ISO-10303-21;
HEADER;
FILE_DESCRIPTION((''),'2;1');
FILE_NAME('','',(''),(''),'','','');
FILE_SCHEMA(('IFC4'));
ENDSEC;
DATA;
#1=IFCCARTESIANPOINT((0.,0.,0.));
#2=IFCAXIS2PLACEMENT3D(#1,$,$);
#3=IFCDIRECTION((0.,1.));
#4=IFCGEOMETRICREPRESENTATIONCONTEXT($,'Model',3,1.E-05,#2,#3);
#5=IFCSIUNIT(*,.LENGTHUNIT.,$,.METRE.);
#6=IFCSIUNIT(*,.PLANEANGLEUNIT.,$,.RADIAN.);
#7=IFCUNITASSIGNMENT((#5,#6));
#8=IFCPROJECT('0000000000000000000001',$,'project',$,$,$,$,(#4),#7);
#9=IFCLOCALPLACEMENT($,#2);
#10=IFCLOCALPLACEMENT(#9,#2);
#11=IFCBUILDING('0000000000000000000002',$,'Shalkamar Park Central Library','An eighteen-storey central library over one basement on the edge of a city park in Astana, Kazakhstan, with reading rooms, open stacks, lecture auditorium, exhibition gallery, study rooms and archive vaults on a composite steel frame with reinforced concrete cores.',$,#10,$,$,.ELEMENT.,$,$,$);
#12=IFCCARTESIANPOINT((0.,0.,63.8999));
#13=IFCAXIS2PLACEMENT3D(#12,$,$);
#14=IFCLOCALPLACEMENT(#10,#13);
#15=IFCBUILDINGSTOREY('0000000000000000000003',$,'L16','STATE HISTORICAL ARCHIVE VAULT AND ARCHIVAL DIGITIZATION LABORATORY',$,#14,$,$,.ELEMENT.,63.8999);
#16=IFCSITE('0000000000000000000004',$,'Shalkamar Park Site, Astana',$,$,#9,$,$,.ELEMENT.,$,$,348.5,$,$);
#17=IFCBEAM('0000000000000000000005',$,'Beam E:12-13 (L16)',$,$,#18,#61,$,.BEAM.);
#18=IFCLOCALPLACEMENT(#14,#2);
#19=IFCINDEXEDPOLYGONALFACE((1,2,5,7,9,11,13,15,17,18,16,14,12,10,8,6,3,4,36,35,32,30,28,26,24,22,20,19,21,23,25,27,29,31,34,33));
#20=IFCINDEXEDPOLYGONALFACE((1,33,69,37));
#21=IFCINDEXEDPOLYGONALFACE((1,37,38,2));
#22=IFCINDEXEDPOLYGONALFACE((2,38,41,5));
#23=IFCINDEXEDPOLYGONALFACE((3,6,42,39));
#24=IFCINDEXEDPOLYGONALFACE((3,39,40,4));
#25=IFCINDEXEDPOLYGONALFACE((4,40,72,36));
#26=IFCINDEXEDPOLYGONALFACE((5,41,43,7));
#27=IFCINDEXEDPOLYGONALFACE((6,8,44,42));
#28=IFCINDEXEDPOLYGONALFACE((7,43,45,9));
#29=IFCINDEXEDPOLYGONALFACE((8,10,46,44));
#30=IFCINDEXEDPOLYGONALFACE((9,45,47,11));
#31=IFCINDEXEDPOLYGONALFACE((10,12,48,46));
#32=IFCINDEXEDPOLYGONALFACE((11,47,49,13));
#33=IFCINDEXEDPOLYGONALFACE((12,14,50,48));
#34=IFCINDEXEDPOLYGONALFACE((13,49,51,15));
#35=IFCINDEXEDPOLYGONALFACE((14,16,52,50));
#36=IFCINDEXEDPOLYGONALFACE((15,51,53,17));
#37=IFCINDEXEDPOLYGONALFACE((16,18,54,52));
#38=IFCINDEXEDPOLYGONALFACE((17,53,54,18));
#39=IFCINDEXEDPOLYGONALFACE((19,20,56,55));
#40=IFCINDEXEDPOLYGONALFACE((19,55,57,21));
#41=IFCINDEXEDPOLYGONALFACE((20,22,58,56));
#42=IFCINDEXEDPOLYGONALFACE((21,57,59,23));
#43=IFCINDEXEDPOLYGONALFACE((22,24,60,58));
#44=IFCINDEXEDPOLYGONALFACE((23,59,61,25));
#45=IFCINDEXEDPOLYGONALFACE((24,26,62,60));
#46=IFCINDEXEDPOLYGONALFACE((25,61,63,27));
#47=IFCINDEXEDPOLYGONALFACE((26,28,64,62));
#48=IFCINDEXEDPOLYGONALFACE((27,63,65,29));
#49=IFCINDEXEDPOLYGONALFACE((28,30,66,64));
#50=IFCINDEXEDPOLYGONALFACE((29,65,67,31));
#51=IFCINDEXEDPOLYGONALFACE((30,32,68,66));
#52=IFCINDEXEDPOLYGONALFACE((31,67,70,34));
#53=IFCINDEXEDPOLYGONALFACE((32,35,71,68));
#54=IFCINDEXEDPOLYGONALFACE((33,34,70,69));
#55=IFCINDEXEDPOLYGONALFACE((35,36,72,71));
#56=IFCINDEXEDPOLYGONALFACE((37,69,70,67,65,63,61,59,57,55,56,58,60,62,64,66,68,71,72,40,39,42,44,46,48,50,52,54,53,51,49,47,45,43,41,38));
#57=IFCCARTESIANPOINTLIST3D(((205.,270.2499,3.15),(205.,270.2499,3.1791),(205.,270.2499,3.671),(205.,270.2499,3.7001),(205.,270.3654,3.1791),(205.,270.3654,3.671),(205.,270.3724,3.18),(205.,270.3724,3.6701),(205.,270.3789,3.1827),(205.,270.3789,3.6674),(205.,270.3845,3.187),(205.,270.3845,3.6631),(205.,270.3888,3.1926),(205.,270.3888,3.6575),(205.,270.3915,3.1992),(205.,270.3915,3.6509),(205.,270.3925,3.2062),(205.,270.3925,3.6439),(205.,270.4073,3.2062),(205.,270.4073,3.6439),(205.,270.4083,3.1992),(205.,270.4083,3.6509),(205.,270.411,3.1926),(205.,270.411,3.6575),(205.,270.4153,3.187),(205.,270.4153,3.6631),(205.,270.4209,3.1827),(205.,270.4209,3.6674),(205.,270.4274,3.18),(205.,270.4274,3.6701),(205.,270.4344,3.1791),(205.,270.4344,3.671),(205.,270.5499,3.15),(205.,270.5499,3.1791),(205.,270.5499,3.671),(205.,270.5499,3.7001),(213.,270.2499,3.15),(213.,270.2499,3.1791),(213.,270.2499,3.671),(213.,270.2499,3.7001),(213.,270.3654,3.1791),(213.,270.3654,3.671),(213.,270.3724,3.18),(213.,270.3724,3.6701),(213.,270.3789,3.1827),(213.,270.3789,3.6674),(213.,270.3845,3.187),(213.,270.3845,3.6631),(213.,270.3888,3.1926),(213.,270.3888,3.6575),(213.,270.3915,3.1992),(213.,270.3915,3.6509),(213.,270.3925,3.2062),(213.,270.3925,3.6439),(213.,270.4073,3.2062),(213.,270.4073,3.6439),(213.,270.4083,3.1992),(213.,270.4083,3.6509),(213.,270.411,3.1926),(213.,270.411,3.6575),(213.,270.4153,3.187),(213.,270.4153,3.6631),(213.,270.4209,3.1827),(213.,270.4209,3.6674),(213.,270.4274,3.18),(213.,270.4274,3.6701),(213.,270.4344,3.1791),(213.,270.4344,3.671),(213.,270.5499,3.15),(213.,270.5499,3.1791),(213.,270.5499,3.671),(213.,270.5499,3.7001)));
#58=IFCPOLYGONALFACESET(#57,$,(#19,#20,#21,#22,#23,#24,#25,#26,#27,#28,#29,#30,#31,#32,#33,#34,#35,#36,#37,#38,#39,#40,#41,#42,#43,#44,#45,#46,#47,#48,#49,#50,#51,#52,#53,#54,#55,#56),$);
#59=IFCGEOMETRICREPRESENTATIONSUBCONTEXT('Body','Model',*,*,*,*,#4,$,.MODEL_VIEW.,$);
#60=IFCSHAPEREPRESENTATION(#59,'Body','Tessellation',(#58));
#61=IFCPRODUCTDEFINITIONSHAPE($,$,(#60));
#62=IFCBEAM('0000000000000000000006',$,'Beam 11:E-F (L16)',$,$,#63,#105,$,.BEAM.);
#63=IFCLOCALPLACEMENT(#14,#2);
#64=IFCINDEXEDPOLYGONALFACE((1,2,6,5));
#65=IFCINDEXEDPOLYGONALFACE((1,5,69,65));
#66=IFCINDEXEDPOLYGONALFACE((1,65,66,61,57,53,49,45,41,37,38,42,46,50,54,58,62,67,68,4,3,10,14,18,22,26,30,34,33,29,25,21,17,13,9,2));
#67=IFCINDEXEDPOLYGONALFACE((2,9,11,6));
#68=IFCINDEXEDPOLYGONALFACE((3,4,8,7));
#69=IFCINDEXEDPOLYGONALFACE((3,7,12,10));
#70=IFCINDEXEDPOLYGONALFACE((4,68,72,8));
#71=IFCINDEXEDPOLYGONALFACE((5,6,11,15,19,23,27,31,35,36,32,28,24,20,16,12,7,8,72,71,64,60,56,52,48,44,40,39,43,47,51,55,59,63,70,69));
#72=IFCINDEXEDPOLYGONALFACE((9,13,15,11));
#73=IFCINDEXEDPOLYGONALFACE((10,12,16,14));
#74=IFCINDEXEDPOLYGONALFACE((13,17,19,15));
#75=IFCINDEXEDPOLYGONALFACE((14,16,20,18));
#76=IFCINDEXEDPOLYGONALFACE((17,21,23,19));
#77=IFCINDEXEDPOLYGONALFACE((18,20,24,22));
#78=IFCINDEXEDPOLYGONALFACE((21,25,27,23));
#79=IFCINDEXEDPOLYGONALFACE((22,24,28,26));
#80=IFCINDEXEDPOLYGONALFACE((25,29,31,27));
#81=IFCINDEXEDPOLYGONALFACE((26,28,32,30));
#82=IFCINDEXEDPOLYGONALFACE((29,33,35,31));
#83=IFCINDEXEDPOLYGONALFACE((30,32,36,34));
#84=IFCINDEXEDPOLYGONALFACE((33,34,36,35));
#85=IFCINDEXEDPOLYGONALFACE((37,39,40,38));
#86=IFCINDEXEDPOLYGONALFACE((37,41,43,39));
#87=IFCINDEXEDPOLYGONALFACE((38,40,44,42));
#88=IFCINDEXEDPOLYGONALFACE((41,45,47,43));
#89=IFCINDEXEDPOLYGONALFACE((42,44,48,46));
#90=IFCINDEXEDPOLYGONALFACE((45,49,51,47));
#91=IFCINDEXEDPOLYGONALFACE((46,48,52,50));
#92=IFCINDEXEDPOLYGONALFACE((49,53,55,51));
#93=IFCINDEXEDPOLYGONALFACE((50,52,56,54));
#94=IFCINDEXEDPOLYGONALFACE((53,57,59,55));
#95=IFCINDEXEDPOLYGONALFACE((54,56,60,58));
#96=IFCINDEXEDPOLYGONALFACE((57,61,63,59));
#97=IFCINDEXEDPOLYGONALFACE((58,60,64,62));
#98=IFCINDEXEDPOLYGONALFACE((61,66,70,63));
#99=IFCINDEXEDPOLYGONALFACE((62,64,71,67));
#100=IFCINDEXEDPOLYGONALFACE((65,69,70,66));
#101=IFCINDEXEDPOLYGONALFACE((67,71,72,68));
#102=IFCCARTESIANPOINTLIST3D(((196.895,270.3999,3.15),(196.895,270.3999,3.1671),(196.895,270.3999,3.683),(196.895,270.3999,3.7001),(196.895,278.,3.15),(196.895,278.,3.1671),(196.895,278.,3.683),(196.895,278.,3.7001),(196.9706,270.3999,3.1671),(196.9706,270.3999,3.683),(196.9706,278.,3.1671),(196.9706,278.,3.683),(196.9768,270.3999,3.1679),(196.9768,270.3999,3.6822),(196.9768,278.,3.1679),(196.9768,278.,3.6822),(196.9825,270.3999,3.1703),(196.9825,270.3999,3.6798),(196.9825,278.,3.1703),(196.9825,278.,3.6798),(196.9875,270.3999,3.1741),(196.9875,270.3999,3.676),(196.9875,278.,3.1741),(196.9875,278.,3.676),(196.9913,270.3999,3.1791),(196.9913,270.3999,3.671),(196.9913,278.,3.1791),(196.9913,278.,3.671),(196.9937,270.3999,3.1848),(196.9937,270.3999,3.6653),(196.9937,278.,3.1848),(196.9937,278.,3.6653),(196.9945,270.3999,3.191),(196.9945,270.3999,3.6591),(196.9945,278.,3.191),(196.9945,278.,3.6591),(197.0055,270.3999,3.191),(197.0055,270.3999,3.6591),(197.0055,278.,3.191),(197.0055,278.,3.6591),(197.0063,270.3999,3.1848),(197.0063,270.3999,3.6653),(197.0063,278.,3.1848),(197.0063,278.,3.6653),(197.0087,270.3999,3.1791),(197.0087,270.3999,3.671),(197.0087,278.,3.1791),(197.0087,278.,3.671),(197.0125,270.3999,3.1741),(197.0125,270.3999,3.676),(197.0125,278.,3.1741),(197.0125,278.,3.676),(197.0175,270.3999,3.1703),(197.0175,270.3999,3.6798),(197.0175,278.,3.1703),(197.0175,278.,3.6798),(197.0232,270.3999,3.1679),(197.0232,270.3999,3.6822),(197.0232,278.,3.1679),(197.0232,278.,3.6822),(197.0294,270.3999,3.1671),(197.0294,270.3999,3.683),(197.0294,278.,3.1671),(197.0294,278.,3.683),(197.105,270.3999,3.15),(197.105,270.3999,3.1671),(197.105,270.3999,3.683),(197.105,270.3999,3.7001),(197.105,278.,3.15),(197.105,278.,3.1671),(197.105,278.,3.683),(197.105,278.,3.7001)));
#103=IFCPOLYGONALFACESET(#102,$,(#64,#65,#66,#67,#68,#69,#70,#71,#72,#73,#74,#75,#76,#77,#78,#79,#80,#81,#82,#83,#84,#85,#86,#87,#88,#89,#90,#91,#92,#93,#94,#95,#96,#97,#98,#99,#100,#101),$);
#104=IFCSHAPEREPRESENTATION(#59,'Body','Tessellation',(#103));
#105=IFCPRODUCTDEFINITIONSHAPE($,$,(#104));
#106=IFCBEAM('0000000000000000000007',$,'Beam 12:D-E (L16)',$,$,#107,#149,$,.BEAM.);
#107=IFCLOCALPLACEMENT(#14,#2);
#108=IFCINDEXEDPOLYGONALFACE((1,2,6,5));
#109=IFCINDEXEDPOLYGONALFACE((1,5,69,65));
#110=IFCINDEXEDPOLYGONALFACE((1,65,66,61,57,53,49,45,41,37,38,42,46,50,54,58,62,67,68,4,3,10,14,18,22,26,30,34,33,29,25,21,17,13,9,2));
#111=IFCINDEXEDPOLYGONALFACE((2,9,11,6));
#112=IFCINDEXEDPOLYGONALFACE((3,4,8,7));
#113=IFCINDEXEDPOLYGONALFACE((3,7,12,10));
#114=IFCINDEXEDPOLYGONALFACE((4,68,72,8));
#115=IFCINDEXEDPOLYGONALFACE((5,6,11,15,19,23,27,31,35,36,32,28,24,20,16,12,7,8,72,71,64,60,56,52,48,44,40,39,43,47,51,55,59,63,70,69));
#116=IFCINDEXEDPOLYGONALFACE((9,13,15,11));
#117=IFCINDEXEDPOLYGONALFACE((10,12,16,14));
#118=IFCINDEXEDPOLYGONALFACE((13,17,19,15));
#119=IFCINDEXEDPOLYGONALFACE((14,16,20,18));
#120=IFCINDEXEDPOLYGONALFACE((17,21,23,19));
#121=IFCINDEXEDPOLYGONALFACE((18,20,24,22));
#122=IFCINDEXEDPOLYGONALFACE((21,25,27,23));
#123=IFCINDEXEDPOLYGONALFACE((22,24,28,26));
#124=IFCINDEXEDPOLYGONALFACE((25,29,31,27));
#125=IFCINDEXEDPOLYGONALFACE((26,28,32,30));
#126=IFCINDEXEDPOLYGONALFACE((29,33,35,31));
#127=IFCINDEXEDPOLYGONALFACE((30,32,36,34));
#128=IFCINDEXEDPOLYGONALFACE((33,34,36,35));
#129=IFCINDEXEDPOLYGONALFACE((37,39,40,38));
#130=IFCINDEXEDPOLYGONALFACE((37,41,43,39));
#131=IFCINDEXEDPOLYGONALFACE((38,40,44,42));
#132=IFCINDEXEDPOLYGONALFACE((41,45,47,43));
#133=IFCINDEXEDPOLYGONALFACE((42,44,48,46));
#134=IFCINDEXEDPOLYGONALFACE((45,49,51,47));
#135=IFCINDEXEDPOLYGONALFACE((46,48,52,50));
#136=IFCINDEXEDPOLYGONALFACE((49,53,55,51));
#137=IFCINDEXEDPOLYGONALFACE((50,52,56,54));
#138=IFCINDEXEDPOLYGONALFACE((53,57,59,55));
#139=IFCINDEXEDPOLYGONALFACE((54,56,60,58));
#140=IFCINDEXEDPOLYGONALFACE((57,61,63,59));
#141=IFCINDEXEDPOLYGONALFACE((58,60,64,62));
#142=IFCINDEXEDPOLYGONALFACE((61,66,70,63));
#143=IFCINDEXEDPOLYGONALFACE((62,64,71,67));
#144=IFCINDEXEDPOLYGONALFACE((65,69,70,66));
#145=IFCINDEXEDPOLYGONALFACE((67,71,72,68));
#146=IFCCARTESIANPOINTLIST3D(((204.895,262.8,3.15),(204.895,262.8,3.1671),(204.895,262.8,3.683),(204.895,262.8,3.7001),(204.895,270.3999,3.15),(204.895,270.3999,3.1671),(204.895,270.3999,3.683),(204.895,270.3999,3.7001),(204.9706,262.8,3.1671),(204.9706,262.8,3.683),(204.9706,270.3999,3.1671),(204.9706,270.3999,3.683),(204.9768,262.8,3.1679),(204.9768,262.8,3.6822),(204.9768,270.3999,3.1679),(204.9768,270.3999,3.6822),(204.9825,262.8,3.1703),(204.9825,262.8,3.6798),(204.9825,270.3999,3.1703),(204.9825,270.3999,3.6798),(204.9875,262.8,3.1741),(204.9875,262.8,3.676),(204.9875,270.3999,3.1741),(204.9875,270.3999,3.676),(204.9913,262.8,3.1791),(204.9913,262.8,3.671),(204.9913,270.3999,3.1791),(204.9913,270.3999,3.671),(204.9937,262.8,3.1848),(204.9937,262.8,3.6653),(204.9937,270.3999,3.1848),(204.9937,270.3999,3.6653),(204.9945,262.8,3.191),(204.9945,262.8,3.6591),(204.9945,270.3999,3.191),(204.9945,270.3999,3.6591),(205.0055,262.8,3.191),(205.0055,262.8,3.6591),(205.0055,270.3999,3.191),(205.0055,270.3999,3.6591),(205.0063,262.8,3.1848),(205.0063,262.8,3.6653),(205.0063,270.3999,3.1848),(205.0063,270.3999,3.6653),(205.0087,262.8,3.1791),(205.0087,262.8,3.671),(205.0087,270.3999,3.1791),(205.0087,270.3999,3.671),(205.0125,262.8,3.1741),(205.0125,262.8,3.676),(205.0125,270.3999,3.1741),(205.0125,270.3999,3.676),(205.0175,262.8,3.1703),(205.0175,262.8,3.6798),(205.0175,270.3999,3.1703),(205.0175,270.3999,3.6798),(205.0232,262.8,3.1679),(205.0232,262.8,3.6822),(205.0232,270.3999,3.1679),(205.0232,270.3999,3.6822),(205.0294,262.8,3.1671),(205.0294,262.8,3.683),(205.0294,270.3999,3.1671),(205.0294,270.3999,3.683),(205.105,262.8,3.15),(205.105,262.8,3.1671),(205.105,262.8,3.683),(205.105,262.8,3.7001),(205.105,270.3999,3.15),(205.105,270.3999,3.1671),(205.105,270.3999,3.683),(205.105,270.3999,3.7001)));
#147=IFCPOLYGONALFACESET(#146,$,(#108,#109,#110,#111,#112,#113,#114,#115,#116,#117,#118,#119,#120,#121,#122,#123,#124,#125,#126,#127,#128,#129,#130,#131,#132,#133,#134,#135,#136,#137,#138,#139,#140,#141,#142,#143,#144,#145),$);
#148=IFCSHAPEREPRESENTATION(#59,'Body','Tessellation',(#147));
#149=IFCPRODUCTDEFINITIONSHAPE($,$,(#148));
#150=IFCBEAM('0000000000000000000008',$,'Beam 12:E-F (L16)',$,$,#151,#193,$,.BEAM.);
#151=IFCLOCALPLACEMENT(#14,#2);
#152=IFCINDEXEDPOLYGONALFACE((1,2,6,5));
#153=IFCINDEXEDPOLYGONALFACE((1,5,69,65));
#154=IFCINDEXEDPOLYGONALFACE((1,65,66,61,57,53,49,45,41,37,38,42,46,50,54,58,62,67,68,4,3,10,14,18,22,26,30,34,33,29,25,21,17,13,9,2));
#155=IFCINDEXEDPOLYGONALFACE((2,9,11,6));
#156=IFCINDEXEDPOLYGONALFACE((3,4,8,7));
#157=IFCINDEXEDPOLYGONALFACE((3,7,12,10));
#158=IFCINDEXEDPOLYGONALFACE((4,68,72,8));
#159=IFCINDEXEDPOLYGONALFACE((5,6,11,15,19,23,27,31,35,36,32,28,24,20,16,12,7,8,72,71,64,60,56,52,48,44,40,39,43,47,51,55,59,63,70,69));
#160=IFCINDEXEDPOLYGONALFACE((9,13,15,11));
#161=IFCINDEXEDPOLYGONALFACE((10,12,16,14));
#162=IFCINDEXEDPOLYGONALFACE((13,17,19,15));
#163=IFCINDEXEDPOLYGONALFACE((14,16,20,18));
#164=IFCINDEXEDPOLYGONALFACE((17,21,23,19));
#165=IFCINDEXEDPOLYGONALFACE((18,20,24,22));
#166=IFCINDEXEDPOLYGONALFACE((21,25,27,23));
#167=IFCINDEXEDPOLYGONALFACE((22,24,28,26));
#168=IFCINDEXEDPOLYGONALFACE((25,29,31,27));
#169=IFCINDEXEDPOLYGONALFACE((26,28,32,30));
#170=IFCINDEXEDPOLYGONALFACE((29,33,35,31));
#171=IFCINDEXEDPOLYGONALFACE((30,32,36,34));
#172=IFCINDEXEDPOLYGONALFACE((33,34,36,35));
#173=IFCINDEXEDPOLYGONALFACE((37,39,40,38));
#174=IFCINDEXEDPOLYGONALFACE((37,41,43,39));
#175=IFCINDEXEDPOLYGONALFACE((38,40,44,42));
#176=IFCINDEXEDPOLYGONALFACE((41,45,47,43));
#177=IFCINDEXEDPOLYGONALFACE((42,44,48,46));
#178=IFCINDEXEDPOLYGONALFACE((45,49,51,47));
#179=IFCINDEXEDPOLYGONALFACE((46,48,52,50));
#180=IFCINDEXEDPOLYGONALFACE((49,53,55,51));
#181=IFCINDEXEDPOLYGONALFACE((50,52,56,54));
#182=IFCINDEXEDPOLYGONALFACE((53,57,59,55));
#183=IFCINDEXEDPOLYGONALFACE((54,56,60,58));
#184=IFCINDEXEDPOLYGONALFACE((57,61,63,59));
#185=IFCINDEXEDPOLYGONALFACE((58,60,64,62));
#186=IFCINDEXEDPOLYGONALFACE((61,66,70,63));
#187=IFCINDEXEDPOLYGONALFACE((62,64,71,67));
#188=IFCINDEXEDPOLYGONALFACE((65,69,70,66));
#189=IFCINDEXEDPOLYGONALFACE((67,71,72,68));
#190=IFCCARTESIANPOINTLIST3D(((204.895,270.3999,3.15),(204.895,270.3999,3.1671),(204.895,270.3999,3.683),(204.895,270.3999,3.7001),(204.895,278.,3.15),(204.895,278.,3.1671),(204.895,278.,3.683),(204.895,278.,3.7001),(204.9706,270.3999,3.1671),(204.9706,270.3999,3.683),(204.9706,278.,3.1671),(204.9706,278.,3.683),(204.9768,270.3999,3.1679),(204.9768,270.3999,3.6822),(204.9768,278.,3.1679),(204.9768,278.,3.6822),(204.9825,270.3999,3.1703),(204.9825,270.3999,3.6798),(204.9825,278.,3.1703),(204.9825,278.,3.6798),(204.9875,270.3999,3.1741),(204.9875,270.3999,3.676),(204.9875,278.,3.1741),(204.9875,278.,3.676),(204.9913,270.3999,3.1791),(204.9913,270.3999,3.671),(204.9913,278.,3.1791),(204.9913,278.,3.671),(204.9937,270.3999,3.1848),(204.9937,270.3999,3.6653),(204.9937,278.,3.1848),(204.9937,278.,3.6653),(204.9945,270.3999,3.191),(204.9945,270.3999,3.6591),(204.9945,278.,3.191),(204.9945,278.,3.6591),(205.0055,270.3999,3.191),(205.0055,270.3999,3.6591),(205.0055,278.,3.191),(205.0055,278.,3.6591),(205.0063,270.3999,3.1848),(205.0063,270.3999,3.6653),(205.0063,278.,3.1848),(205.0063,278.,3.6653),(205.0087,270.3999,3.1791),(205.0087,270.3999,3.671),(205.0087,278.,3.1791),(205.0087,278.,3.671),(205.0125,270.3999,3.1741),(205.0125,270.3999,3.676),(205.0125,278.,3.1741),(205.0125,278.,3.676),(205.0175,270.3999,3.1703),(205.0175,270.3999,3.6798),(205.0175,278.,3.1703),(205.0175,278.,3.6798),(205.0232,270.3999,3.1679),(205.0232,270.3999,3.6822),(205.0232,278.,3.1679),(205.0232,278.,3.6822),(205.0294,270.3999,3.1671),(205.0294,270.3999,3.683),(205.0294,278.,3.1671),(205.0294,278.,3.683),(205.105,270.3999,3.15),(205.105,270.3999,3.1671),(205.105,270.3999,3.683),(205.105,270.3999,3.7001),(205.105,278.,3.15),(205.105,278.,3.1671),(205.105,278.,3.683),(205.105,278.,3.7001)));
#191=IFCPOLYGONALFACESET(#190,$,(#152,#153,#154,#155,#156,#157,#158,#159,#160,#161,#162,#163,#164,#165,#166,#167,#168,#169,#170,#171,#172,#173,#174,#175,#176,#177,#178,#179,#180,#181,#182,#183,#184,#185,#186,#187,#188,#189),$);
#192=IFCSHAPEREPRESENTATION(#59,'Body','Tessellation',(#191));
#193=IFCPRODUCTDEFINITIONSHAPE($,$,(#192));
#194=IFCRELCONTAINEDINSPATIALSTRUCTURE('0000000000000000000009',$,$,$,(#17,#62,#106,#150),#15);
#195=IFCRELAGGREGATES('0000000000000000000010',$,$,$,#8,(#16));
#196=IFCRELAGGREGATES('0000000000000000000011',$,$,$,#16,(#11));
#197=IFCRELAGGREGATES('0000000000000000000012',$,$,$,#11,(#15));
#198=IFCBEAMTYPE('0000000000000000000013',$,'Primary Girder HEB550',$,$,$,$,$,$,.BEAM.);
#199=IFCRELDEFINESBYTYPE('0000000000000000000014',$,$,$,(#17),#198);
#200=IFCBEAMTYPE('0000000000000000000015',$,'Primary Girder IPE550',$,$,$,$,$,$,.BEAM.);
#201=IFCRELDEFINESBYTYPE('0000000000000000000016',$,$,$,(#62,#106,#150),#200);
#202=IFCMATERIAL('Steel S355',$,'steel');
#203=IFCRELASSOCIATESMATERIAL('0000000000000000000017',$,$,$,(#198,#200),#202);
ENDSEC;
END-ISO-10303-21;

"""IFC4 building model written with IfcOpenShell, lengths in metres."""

from ifc_helpers import new_model, si_unit, direction, frame, origin, origin_2d, place, context, subcontext, project, spatial, i_section, extrude, material, material_profile, profile_set, type_object, element, save


model = new_model("IFC4")

# Units and contexts
model_context = context("Model", 3, precision=1e-05, world=origin(), true_north=direction((0.0, 1.0)))
body_context = subcontext(model_context, "Body", "Model", "MODEL_VIEW")
ifc_project = project(units=[si_unit("LENGTHUNIT", "METRE"), si_unit("PLANEANGLEUNIT", "RADIAN")], contexts=[model_context])

# Site, building, storey
site_placement = place(None, origin())
site = spatial("IfcSite", under=ifc_project, at=site_placement, Name="Shalkamar Park Site, Astana", CompositionType="ELEMENT", RefElevation=348.5)
building_placement = place(site_placement, origin())
building = spatial("IfcBuilding", under=site, at=building_placement, Name="Shalkamar Park Central Library", Description="An eighteen-storey central library over one basement on the edge of a city park in Astana, Kazakhstan, with reading rooms, open stacks, lecture auditorium, exhibition gallery, study rooms and archive vaults on a composite steel frame with reinforced concrete cores.", CompositionType="ELEMENT")
storey_placement = place(building_placement, frame((0.0, 0.0, 63.8999)))
storey = spatial("IfcBuildingStorey", under=building, at=storey_placement, Name="L16", Description="STATE HISTORICAL ARCHIVE VAULT AND ARCHIVAL DIGITIZATION LABORATORY", CompositionType="ELEMENT", Elevation=63.8999)

# Shared definitions
ifc_material_1 = material(Name="Steel S355", Category="steel")

# Beams
ifc_material_profile_1 = material_profile(ifc_material_1, i_section(OverallWidth=0.3, OverallDepth=0.55, WebThickness=0.0149, FlangeThickness=0.0291, FilletRadius=0.0271, at=origin_2d()), Name="HEB 550")
ifc_profile_set_1 = profile_set([ifc_material_profile_1], Name="Steel S355")
beam_type_1 = type_object("IfcBeamType", Name="Primary Girder HEB550", PredefinedType="BEAM", material=ifc_profile_set_1)
for number, where, z_axis, x_axis, name in (
    (1, (205.0, 270.3999, 3.425), (1.0, 0.0, 0.0), (0.0, 1.0, 0.0), "Beam E:12-13 (L16)"),
):
    element("IfcBeam", number, at=place(storey_placement, frame(where, z_axis=z_axis, x_axis=x_axis)), inside=storey, type_object=beam_type_1, Name=name, PredefinedType="BEAM", context=body_context, shape_type="SweptSolid", body=[
        extrude(i_section(OverallWidth=0.3, OverallDepth=0.55, WebThickness=0.0149, FlangeThickness=0.0291, FilletRadius=0.0271, at=origin_2d()), origin(), (0.0, 0.0, 1.0), 8.0),
    ])
ifc_material_profile_2 = material_profile(ifc_material_1, i_section(OverallWidth=0.21, OverallDepth=0.55, WebThickness=0.011, FlangeThickness=0.0171, FilletRadius=0.0239, at=origin_2d()), Name="IPE 550")
ifc_profile_set_2 = profile_set([ifc_material_profile_2], Name="Steel S355")
beam_type_2 = type_object("IfcBeamType", Name="Primary Girder IPE550", PredefinedType="BEAM", material=ifc_profile_set_2)
beam_1_placement = place(storey_placement, frame((197.0, 270.3999, 3.425), z_axis=(0.0, 1.0, 0.0), x_axis=(-1.0, 0.0, 0.0)))
element("IfcBeam", 2, at=beam_1_placement, inside=storey, type_object=beam_type_2, Name="Beam 11:E-F (L16)", PredefinedType="BEAM", context=body_context, shape_type="SweptSolid", body=[
    extrude(i_section(OverallWidth=0.21, OverallDepth=0.55, WebThickness=0.011, FlangeThickness=0.0171, FilletRadius=0.0239, at=origin_2d()), origin(), (0.0, 0.0, 1.0), 7.6001),
])
beam_2_placement = place(storey_placement, frame((205.0, 262.8, 3.425), z_axis=(0.0, 1.0, 0.0), x_axis=(-1.0, 0.0, 0.0)))
element("IfcBeam", 3, at=beam_2_placement, inside=storey, type_object=beam_type_2, Name="Beam 12:D-E (L16)", PredefinedType="BEAM", context=body_context, shape_type="SweptSolid", body=[
    extrude(i_section(OverallWidth=0.21, OverallDepth=0.55, WebThickness=0.011, FlangeThickness=0.0171, FilletRadius=0.0239, at=origin_2d()), origin(), (0.0, 0.0, 1.0), 7.5999),
])
beam_3_placement = place(storey_placement, frame((205.0, 270.3999, 3.425), z_axis=(0.0, 1.0, 0.0), x_axis=(-1.0, 0.0, 0.0)))
element("IfcBeam", 4, at=beam_3_placement, inside=storey, type_object=beam_type_2, Name="Beam 12:E-F (L16)", PredefinedType="BEAM", context=body_context, shape_type="SweptSolid", body=[
    extrude(i_section(OverallWidth=0.21, OverallDepth=0.55, WebThickness=0.011, FlangeThickness=0.0171, FilletRadius=0.0239, at=origin_2d()), origin(), (0.0, 0.0, 1.0), 7.6001),
])

save(model, "model.ifc")
